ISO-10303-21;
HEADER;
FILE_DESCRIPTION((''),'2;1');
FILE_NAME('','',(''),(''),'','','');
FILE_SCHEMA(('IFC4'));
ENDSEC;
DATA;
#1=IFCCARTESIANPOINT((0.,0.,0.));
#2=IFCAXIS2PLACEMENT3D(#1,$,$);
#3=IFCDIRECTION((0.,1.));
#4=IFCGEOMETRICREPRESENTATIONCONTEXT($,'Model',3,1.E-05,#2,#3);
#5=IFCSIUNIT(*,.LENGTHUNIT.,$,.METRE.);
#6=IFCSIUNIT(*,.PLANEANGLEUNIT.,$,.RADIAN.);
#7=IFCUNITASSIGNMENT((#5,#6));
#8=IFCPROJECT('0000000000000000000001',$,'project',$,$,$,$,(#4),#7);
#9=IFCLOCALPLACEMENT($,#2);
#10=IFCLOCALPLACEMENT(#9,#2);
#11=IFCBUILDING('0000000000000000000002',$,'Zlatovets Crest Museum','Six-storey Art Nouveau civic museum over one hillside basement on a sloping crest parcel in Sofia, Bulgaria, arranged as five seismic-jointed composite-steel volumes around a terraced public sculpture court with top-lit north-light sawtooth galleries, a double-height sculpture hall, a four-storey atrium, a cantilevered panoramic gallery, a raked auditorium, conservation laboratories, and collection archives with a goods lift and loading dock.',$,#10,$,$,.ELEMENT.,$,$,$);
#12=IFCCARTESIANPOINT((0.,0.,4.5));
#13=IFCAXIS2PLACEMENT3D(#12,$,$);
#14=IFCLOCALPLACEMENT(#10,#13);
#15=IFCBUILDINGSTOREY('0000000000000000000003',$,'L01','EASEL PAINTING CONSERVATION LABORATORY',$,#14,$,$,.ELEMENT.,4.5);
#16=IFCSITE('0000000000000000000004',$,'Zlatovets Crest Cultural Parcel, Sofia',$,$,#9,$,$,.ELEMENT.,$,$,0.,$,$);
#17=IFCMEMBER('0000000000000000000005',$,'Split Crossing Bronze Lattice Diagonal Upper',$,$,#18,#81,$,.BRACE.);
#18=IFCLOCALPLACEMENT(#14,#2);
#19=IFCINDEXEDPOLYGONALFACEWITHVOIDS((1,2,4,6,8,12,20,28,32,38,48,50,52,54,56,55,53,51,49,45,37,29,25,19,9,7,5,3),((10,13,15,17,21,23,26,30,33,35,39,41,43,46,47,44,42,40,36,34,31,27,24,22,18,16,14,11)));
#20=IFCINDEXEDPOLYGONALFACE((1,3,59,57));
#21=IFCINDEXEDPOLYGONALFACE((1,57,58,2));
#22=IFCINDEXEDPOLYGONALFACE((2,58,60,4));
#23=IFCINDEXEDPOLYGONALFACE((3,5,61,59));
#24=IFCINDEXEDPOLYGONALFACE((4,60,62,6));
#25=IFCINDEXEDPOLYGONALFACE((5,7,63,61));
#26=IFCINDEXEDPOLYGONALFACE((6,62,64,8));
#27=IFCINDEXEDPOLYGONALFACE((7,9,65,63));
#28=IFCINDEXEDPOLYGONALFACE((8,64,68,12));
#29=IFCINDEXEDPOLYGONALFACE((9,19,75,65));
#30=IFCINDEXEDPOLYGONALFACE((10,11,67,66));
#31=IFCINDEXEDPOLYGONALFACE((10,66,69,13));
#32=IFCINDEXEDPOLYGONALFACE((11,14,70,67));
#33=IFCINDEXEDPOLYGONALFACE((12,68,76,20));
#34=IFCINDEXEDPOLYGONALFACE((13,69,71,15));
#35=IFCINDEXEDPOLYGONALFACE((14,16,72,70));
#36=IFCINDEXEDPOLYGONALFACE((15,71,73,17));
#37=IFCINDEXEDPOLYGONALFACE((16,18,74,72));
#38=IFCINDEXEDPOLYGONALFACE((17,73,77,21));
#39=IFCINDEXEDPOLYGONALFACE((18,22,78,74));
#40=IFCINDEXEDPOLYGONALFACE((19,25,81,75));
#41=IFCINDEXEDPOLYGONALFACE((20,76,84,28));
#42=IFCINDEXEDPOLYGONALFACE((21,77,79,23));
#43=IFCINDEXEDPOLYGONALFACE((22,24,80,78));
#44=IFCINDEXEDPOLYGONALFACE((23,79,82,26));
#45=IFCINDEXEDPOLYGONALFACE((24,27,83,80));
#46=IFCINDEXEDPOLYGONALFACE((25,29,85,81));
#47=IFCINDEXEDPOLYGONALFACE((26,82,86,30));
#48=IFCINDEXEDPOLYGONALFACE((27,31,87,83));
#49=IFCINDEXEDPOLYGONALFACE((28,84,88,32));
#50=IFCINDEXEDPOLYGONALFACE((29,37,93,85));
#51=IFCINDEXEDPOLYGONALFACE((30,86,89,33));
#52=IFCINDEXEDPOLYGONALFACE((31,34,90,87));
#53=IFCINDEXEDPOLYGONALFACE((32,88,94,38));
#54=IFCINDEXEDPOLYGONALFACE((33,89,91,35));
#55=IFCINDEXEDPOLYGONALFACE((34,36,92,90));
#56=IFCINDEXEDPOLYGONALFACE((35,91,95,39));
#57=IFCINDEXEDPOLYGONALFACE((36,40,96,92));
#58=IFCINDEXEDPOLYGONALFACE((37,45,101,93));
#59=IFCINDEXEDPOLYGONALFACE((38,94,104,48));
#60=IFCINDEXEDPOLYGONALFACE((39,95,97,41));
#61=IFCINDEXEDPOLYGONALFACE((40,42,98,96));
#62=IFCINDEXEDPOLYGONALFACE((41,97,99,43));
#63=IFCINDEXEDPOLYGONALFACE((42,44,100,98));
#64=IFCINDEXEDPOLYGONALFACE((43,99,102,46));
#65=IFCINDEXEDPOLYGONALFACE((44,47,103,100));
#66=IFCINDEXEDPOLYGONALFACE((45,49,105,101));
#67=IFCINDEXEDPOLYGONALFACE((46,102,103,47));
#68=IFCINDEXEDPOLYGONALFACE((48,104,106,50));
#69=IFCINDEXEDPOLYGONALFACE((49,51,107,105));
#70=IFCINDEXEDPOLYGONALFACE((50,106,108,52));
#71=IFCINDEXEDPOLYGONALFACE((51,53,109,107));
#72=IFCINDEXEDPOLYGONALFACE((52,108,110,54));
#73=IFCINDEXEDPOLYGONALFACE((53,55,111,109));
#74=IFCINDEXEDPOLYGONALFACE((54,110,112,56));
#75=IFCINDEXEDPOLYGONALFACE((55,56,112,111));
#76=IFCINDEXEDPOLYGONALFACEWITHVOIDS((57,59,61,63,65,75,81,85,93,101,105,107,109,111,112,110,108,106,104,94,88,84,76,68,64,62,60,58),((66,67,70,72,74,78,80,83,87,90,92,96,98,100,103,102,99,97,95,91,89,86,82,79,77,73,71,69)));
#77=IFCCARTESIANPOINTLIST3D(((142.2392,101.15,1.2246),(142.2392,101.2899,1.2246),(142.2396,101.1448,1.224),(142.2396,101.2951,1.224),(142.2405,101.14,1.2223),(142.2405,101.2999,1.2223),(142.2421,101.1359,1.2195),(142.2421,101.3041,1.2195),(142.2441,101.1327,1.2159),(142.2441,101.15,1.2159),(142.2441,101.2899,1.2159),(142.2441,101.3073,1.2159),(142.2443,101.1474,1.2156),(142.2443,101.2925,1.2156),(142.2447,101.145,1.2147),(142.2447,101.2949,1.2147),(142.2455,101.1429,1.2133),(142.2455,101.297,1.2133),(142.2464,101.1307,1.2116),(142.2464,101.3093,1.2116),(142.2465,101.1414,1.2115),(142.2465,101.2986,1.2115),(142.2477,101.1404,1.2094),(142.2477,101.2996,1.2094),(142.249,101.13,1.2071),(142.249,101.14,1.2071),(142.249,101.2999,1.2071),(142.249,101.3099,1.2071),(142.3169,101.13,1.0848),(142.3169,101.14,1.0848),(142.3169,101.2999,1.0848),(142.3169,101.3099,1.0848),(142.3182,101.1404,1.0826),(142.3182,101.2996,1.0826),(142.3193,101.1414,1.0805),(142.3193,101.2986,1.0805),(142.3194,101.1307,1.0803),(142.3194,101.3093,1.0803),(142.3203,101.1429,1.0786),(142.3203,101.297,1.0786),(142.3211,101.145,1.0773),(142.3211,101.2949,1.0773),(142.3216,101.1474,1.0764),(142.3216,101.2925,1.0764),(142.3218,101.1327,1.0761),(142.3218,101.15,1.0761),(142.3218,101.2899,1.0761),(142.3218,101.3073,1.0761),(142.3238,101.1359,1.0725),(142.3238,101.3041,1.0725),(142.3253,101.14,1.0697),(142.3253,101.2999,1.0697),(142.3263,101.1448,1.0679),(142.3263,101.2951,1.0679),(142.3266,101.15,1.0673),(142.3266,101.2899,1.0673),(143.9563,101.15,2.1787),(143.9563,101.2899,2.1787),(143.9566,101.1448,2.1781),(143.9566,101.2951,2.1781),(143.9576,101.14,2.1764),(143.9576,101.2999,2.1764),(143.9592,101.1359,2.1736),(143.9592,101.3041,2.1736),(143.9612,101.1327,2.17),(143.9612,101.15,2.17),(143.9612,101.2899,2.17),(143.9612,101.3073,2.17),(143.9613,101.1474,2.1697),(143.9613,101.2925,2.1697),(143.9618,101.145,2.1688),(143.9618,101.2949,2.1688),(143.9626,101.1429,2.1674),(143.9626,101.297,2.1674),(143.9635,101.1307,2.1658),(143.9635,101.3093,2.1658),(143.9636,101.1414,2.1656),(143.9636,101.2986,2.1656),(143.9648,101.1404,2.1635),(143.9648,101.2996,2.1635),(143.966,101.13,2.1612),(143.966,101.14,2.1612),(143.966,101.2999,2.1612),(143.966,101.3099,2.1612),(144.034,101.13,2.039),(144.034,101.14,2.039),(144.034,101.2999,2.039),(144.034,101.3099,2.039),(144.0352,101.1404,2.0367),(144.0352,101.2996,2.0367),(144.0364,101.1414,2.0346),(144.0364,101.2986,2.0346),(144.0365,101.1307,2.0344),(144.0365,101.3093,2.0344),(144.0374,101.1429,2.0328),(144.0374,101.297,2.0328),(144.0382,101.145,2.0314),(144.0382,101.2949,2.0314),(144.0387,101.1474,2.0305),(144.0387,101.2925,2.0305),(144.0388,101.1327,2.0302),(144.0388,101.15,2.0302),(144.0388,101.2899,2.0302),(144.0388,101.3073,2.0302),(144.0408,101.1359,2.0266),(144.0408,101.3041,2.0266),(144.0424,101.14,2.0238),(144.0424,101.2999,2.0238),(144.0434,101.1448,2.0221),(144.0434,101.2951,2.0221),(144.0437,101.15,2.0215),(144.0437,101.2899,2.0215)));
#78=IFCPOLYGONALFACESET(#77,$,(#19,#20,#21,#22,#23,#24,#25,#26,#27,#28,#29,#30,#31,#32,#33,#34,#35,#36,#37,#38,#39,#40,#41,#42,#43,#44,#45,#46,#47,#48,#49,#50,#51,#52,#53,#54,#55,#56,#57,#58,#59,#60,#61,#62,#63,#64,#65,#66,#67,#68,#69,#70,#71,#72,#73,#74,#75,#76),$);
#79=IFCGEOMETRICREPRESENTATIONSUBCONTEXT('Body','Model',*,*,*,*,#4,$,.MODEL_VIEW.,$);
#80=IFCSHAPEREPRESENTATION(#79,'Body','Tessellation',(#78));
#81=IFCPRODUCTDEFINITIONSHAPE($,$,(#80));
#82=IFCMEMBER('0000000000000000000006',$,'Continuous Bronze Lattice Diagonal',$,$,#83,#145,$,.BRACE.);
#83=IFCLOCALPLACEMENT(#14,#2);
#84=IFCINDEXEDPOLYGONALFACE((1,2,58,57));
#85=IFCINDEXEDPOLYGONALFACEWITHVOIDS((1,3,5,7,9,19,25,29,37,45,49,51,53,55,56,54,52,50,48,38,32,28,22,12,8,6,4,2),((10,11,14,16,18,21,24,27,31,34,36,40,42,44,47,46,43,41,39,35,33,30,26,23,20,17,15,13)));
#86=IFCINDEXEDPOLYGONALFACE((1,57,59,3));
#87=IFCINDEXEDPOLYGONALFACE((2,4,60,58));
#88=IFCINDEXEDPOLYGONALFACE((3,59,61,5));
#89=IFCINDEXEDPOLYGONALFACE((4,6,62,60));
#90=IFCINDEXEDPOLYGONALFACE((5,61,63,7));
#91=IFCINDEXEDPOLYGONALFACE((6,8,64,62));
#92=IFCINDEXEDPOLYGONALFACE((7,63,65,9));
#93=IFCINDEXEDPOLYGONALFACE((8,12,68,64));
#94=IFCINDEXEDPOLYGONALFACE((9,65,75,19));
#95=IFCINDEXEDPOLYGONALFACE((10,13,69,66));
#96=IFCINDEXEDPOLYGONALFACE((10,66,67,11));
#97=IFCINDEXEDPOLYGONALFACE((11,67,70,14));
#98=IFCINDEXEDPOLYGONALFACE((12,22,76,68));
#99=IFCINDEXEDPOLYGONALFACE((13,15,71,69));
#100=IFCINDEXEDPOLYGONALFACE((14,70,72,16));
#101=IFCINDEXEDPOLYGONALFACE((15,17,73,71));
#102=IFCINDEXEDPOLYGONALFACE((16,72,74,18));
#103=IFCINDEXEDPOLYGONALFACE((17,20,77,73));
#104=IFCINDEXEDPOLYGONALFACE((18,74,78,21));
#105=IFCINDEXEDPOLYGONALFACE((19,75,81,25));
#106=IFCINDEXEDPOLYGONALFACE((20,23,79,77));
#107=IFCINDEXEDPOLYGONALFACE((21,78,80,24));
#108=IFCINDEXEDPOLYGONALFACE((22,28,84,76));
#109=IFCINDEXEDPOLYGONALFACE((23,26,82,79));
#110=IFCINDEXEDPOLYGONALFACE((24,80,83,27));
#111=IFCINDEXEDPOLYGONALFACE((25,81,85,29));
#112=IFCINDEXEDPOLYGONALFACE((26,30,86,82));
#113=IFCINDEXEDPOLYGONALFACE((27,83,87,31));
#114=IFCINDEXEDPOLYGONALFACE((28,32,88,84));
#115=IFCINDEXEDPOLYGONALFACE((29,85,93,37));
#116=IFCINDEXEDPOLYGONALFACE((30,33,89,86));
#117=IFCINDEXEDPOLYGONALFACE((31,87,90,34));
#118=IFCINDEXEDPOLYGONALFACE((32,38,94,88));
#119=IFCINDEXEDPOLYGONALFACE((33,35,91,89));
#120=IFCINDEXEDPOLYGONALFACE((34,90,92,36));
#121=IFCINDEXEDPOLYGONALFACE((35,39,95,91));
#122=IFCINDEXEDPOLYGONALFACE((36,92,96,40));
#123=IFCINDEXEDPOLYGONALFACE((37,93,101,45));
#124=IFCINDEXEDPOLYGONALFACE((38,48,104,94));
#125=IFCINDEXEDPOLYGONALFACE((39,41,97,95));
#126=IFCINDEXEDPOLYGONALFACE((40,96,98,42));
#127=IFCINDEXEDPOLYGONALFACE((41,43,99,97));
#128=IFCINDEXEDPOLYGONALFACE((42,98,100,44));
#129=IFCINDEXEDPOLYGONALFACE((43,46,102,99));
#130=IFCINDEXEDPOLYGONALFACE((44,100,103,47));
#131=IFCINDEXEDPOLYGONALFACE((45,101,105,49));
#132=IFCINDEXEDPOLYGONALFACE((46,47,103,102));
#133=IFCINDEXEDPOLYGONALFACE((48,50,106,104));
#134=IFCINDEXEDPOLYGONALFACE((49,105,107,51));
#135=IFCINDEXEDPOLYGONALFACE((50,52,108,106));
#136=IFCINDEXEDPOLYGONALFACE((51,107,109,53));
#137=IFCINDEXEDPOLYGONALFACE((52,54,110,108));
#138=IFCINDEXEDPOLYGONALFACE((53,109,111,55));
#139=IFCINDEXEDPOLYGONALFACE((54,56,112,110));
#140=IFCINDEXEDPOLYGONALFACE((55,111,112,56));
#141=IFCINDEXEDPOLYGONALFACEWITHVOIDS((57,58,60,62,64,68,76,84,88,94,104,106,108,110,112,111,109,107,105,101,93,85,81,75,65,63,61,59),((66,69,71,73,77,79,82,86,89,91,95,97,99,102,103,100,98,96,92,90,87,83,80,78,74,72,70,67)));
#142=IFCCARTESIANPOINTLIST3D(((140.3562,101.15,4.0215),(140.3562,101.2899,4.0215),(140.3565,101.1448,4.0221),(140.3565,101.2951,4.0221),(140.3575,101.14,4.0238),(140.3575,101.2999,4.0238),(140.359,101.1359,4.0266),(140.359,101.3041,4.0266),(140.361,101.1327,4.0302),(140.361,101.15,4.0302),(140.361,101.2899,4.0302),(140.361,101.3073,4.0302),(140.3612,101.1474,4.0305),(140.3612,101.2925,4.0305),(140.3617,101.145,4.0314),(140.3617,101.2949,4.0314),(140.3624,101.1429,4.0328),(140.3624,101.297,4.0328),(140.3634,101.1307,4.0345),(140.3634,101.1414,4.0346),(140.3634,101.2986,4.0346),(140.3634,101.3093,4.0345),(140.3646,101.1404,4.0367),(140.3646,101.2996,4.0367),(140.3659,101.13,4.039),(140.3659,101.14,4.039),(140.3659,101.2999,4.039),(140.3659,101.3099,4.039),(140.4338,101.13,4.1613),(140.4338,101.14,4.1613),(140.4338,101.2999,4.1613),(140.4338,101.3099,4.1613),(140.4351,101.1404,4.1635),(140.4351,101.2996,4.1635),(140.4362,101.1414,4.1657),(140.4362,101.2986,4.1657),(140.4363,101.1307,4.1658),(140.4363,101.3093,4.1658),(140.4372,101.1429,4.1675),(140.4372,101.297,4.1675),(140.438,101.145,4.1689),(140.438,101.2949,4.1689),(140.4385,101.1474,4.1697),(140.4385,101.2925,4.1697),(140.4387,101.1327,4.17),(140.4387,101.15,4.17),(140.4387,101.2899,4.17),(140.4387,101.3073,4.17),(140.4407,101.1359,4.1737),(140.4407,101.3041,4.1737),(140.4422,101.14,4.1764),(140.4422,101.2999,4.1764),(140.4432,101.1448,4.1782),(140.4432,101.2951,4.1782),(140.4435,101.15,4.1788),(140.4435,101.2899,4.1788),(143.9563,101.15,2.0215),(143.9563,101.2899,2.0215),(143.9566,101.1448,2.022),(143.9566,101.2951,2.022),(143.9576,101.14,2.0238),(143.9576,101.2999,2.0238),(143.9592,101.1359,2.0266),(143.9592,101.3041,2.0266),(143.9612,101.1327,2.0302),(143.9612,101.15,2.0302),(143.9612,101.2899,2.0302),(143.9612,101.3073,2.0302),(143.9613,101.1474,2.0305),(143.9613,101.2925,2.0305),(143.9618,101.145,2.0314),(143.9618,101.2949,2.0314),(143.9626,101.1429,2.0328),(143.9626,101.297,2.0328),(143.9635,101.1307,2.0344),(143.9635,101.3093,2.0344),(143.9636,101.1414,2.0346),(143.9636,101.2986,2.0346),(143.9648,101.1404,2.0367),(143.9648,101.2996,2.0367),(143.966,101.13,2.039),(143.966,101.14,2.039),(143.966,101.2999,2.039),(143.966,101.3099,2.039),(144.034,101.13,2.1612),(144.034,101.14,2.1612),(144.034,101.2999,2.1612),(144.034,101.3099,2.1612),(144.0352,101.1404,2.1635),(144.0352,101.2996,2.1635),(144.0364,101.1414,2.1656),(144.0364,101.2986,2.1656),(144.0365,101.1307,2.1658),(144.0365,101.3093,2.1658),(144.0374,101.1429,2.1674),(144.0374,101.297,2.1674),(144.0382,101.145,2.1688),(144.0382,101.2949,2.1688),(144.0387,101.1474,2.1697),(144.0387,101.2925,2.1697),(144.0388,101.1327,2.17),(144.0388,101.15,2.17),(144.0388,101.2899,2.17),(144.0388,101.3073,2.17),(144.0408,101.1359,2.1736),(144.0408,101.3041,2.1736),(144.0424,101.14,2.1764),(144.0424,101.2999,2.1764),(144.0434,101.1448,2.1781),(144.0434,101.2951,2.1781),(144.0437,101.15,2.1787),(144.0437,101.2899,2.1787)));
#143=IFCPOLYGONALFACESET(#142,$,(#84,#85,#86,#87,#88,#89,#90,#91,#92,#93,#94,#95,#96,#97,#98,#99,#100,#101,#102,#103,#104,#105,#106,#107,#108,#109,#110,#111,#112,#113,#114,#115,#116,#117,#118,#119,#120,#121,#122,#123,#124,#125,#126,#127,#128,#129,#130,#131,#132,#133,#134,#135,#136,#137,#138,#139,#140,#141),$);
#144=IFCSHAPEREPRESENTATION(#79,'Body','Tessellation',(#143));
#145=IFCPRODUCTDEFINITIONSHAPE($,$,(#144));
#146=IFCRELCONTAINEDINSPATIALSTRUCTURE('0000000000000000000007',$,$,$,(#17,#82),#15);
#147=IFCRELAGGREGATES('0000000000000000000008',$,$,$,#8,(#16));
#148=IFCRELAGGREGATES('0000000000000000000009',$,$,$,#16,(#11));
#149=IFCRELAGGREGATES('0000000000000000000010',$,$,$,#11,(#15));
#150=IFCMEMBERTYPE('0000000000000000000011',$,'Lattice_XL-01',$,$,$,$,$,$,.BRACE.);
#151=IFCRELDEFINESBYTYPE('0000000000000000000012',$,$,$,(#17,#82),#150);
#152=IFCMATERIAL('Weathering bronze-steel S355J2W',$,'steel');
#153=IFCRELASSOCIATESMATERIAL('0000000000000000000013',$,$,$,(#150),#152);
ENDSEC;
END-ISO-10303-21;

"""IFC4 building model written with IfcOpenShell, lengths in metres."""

from ifc_helpers import new_model, si_unit, direction, frame, origin, origin_2d, place, context, subcontext, project, spatial, hollow_rectangle, extrude, material, material_profile, profile_set, type_object, element, save


model = new_model("IFC4")

# Units and contexts
model_context = context("Model", 3, precision=1e-05, world=origin(), true_north=direction((0.0, 1.0)))
body_context = subcontext(model_context, "Body", "Model", "MODEL_VIEW")
ifc_project = project(units=[si_unit("LENGTHUNIT", "METRE"), si_unit("PLANEANGLEUNIT", "RADIAN")], contexts=[model_context])

# Site, building, storey
site_placement = place(None, origin())
site = spatial("IfcSite", under=ifc_project, at=site_placement, Name="Zlatovets Crest Cultural Parcel, Sofia", CompositionType="ELEMENT", RefElevation=0.0)
building_placement = place(site_placement, origin())
building = spatial("IfcBuilding", under=site, at=building_placement, Name="Zlatovets Crest Museum", Description="Six-storey Art Nouveau civic museum over one hillside basement on a sloping crest parcel in Sofia, Bulgaria, arranged as five seismic-jointed composite-steel volumes around a terraced public sculpture court with top-lit north-light sawtooth galleries, a double-height sculpture hall, a four-storey atrium, a cantilevered panoramic gallery, a raked auditorium, conservation laboratories, and collection archives with a goods lift and loading dock.", CompositionType="ELEMENT")
storey_placement = place(building_placement, frame((0.0, 0.0, 4.5)))
storey = spatial("IfcBuildingStorey", under=building, at=storey_placement, Name="L01", Description="EASEL PAINTING CONSERVATION LABORATORY", CompositionType="ELEMENT", Elevation=4.5)

# Members
ifc_material_1 = material(Name="Weathering bronze-steel S355J2W", Category="steel")
ifc_material_profile_1 = material_profile(ifc_material_1, hollow_rectangle(XDim=0.1799, YDim=0.1799, WallThickness=0.01, InnerFilletRadius=0.01, OuterFilletRadius=0.02, at=origin_2d()), Name="SHS 180x180x10.0")
ifc_profile_set_1 = profile_set([ifc_material_profile_1], Name="Weathering bronze-steel S355J2W")
member_type_1 = type_object("IfcMemberType", Name="Lattice_XL-01", PredefinedType="BRACE", material=ifc_profile_set_1)
member_1_placement = place(storey_placement, frame((144.0, 101.22, 2.1001), z_axis=(-0.874116, 0.0, -0.485717), x_axis=(0.0, -1.0, 0.0)))
element("IfcMember", 1, at=member_1_placement, inside=storey, type_object=member_type_1, Name="Split Crossing Bronze Lattice Diagonal Upper", PredefinedType="BRACE", context=body_context, shape_type="SweptSolid", body=[
    extrude(hollow_rectangle(XDim=0.1799, YDim=0.1799, WallThickness=0.01, InnerFilletRadius=0.01, OuterFilletRadius=0.02, at=origin_2d()), origin(), (0.0, 0.0, 1.0), 1.9644),
])
member_2_placement = place(storey_placement, frame((144.0, 101.22, 2.1001), z_axis=(-0.874163, 0.0, 0.485633), x_axis=(0.0, -1.0, 0.0)))
element("IfcMember", 2, at=member_2_placement, inside=storey, type_object=member_type_1, Name="Continuous Bronze Lattice Diagonal", PredefinedType="BRACE", context=body_context, shape_type="SweptSolid", body=[
    extrude(hollow_rectangle(XDim=0.1799, YDim=0.1799, WallThickness=0.01, InnerFilletRadius=0.01, OuterFilletRadius=0.02, at=origin_2d()), origin(), (0.0, 0.0, 1.0), 4.1184),
])

save(model, "model.ifc")
